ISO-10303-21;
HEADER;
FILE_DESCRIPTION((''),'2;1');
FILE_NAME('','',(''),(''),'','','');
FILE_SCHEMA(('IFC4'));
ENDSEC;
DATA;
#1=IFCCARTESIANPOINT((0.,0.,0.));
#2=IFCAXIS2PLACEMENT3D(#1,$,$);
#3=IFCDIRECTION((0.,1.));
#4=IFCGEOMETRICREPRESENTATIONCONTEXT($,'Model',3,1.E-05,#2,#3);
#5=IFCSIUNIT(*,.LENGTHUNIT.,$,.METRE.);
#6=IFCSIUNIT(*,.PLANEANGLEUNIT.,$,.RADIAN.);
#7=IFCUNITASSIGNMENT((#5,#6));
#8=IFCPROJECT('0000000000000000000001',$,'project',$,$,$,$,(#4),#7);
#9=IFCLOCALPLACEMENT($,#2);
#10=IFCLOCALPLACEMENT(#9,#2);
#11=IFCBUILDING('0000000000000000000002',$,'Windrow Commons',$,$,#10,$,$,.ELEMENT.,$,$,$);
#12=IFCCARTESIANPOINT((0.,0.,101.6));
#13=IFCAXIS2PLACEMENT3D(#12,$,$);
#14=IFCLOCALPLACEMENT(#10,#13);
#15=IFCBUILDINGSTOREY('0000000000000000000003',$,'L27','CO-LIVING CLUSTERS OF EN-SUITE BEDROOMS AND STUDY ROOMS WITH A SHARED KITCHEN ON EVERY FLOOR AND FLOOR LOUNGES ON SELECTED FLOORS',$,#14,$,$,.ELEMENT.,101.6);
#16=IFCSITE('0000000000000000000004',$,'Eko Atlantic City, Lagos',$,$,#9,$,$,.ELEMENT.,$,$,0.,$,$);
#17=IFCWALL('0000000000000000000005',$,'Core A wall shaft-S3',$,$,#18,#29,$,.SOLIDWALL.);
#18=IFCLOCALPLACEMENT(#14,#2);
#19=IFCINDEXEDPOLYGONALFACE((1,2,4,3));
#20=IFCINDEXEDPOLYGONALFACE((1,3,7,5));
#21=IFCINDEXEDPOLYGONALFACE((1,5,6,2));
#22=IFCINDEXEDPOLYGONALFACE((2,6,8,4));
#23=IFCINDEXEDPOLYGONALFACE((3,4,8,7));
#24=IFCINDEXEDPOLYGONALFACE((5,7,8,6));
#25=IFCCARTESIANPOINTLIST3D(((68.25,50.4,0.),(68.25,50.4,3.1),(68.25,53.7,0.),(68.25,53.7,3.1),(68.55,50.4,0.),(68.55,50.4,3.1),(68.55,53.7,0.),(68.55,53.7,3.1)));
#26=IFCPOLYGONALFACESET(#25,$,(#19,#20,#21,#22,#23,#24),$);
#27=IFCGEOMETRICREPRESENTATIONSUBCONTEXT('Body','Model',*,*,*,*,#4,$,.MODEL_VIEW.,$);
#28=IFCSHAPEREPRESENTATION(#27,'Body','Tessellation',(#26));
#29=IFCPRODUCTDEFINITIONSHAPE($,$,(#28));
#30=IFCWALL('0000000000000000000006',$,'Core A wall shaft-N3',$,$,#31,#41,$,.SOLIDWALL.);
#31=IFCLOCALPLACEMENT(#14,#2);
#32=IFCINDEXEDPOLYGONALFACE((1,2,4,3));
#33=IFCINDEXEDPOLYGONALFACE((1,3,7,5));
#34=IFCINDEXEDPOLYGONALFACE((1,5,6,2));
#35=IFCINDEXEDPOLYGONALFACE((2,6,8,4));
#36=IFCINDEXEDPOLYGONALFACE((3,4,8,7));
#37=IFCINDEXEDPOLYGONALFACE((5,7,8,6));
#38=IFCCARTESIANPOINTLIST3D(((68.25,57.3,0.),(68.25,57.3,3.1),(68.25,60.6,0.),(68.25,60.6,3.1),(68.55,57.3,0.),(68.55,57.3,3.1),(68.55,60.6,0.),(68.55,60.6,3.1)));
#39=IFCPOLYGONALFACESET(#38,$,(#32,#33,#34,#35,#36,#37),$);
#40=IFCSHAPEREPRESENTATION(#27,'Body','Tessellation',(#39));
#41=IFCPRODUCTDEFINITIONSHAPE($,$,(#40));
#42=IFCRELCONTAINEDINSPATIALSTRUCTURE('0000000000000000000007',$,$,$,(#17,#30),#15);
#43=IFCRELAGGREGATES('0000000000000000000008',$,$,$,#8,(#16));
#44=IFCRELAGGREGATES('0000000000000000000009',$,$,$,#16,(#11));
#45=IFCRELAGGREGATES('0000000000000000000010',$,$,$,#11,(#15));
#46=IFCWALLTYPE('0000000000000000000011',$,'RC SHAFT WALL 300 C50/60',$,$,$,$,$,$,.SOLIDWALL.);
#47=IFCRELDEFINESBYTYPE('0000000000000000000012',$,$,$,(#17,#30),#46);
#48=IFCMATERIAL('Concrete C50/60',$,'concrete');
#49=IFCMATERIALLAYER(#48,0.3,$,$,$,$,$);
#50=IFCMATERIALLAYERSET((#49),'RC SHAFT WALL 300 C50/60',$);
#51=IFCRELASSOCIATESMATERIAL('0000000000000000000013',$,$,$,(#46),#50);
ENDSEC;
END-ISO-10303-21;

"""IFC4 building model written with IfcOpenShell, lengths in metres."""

from ifc_helpers import new_model, si_unit, direction, frame, frame_2d, origin, place, context, subcontext, project, spatial, rectangle, extrude, material, layer, layer_set, type_object, element, save


model = new_model("IFC4")

# Units and contexts
model_context = context("Model", 3, precision=1e-05, world=origin(), true_north=direction((0.0, 1.0)))
body_context = subcontext(model_context, "Body", "Model", "MODEL_VIEW")
ifc_project = project(units=[si_unit("LENGTHUNIT", "METRE"), si_unit("PLANEANGLEUNIT", "RADIAN")], contexts=[model_context])

# Site, building, storey
site_placement = place(None, origin())
site = spatial("IfcSite", under=ifc_project, at=site_placement, Name="Eko Atlantic City, Lagos", CompositionType="ELEMENT", RefElevation=0.0)
building_placement = place(site_placement, origin())
building = spatial("IfcBuilding", under=site, at=building_placement, Name="Windrow Commons", CompositionType="ELEMENT")
storey_placement = place(building_placement, frame((0.0, 0.0, 101.6)))
storey = spatial("IfcBuildingStorey", under=building, at=storey_placement, Name="L27", Description="CO-LIVING CLUSTERS OF EN-SUITE BEDROOMS AND STUDY ROOMS WITH A SHARED KITCHEN ON EVERY FLOOR AND FLOOR LOUNGES ON SELECTED FLOORS", CompositionType="ELEMENT", Elevation=101.6)

# Walls
ifc_material_1 = material(Name="Concrete C50/60", Category="concrete")
ifc_layer_1 = layer(ifc_material_1, 0.3)
ifc_layer_set_1 = layer_set([ifc_layer_1], Name="RC SHAFT WALL 300 C50/60")
wall_type_1 = type_object("IfcWallType", Name="RC SHAFT WALL 300 C50/60", PredefinedType="SOLIDWALL", material=ifc_layer_set_1)
for number, where, z_axis, x_axis, name in (
    (1, (68.4, 50.4, 0.0), (0.0, 0.0, 1.0), (0.0, 1.0, 0.0), "Core A wall shaft-S3"),
    (2, (68.4, 57.3, 0.0), (0.0, 0.0, 1.0), (0.0, 1.0, 0.0), "Core A wall shaft-N3"),
):
    element("IfcWall", number, at=place(storey_placement, frame(where, z_axis=z_axis, x_axis=x_axis)), inside=storey, type_object=wall_type_1, Name=name, PredefinedType="SOLIDWALL", context=body_context, shape_type="SweptSolid", body=[
        extrude(rectangle(XDim=3.3, YDim=0.3, at=frame_2d((1.65, 0.0))), origin(), (0.0, 0.0, 1.0), 3.1),
    ])

save(model, "model.ifc")
